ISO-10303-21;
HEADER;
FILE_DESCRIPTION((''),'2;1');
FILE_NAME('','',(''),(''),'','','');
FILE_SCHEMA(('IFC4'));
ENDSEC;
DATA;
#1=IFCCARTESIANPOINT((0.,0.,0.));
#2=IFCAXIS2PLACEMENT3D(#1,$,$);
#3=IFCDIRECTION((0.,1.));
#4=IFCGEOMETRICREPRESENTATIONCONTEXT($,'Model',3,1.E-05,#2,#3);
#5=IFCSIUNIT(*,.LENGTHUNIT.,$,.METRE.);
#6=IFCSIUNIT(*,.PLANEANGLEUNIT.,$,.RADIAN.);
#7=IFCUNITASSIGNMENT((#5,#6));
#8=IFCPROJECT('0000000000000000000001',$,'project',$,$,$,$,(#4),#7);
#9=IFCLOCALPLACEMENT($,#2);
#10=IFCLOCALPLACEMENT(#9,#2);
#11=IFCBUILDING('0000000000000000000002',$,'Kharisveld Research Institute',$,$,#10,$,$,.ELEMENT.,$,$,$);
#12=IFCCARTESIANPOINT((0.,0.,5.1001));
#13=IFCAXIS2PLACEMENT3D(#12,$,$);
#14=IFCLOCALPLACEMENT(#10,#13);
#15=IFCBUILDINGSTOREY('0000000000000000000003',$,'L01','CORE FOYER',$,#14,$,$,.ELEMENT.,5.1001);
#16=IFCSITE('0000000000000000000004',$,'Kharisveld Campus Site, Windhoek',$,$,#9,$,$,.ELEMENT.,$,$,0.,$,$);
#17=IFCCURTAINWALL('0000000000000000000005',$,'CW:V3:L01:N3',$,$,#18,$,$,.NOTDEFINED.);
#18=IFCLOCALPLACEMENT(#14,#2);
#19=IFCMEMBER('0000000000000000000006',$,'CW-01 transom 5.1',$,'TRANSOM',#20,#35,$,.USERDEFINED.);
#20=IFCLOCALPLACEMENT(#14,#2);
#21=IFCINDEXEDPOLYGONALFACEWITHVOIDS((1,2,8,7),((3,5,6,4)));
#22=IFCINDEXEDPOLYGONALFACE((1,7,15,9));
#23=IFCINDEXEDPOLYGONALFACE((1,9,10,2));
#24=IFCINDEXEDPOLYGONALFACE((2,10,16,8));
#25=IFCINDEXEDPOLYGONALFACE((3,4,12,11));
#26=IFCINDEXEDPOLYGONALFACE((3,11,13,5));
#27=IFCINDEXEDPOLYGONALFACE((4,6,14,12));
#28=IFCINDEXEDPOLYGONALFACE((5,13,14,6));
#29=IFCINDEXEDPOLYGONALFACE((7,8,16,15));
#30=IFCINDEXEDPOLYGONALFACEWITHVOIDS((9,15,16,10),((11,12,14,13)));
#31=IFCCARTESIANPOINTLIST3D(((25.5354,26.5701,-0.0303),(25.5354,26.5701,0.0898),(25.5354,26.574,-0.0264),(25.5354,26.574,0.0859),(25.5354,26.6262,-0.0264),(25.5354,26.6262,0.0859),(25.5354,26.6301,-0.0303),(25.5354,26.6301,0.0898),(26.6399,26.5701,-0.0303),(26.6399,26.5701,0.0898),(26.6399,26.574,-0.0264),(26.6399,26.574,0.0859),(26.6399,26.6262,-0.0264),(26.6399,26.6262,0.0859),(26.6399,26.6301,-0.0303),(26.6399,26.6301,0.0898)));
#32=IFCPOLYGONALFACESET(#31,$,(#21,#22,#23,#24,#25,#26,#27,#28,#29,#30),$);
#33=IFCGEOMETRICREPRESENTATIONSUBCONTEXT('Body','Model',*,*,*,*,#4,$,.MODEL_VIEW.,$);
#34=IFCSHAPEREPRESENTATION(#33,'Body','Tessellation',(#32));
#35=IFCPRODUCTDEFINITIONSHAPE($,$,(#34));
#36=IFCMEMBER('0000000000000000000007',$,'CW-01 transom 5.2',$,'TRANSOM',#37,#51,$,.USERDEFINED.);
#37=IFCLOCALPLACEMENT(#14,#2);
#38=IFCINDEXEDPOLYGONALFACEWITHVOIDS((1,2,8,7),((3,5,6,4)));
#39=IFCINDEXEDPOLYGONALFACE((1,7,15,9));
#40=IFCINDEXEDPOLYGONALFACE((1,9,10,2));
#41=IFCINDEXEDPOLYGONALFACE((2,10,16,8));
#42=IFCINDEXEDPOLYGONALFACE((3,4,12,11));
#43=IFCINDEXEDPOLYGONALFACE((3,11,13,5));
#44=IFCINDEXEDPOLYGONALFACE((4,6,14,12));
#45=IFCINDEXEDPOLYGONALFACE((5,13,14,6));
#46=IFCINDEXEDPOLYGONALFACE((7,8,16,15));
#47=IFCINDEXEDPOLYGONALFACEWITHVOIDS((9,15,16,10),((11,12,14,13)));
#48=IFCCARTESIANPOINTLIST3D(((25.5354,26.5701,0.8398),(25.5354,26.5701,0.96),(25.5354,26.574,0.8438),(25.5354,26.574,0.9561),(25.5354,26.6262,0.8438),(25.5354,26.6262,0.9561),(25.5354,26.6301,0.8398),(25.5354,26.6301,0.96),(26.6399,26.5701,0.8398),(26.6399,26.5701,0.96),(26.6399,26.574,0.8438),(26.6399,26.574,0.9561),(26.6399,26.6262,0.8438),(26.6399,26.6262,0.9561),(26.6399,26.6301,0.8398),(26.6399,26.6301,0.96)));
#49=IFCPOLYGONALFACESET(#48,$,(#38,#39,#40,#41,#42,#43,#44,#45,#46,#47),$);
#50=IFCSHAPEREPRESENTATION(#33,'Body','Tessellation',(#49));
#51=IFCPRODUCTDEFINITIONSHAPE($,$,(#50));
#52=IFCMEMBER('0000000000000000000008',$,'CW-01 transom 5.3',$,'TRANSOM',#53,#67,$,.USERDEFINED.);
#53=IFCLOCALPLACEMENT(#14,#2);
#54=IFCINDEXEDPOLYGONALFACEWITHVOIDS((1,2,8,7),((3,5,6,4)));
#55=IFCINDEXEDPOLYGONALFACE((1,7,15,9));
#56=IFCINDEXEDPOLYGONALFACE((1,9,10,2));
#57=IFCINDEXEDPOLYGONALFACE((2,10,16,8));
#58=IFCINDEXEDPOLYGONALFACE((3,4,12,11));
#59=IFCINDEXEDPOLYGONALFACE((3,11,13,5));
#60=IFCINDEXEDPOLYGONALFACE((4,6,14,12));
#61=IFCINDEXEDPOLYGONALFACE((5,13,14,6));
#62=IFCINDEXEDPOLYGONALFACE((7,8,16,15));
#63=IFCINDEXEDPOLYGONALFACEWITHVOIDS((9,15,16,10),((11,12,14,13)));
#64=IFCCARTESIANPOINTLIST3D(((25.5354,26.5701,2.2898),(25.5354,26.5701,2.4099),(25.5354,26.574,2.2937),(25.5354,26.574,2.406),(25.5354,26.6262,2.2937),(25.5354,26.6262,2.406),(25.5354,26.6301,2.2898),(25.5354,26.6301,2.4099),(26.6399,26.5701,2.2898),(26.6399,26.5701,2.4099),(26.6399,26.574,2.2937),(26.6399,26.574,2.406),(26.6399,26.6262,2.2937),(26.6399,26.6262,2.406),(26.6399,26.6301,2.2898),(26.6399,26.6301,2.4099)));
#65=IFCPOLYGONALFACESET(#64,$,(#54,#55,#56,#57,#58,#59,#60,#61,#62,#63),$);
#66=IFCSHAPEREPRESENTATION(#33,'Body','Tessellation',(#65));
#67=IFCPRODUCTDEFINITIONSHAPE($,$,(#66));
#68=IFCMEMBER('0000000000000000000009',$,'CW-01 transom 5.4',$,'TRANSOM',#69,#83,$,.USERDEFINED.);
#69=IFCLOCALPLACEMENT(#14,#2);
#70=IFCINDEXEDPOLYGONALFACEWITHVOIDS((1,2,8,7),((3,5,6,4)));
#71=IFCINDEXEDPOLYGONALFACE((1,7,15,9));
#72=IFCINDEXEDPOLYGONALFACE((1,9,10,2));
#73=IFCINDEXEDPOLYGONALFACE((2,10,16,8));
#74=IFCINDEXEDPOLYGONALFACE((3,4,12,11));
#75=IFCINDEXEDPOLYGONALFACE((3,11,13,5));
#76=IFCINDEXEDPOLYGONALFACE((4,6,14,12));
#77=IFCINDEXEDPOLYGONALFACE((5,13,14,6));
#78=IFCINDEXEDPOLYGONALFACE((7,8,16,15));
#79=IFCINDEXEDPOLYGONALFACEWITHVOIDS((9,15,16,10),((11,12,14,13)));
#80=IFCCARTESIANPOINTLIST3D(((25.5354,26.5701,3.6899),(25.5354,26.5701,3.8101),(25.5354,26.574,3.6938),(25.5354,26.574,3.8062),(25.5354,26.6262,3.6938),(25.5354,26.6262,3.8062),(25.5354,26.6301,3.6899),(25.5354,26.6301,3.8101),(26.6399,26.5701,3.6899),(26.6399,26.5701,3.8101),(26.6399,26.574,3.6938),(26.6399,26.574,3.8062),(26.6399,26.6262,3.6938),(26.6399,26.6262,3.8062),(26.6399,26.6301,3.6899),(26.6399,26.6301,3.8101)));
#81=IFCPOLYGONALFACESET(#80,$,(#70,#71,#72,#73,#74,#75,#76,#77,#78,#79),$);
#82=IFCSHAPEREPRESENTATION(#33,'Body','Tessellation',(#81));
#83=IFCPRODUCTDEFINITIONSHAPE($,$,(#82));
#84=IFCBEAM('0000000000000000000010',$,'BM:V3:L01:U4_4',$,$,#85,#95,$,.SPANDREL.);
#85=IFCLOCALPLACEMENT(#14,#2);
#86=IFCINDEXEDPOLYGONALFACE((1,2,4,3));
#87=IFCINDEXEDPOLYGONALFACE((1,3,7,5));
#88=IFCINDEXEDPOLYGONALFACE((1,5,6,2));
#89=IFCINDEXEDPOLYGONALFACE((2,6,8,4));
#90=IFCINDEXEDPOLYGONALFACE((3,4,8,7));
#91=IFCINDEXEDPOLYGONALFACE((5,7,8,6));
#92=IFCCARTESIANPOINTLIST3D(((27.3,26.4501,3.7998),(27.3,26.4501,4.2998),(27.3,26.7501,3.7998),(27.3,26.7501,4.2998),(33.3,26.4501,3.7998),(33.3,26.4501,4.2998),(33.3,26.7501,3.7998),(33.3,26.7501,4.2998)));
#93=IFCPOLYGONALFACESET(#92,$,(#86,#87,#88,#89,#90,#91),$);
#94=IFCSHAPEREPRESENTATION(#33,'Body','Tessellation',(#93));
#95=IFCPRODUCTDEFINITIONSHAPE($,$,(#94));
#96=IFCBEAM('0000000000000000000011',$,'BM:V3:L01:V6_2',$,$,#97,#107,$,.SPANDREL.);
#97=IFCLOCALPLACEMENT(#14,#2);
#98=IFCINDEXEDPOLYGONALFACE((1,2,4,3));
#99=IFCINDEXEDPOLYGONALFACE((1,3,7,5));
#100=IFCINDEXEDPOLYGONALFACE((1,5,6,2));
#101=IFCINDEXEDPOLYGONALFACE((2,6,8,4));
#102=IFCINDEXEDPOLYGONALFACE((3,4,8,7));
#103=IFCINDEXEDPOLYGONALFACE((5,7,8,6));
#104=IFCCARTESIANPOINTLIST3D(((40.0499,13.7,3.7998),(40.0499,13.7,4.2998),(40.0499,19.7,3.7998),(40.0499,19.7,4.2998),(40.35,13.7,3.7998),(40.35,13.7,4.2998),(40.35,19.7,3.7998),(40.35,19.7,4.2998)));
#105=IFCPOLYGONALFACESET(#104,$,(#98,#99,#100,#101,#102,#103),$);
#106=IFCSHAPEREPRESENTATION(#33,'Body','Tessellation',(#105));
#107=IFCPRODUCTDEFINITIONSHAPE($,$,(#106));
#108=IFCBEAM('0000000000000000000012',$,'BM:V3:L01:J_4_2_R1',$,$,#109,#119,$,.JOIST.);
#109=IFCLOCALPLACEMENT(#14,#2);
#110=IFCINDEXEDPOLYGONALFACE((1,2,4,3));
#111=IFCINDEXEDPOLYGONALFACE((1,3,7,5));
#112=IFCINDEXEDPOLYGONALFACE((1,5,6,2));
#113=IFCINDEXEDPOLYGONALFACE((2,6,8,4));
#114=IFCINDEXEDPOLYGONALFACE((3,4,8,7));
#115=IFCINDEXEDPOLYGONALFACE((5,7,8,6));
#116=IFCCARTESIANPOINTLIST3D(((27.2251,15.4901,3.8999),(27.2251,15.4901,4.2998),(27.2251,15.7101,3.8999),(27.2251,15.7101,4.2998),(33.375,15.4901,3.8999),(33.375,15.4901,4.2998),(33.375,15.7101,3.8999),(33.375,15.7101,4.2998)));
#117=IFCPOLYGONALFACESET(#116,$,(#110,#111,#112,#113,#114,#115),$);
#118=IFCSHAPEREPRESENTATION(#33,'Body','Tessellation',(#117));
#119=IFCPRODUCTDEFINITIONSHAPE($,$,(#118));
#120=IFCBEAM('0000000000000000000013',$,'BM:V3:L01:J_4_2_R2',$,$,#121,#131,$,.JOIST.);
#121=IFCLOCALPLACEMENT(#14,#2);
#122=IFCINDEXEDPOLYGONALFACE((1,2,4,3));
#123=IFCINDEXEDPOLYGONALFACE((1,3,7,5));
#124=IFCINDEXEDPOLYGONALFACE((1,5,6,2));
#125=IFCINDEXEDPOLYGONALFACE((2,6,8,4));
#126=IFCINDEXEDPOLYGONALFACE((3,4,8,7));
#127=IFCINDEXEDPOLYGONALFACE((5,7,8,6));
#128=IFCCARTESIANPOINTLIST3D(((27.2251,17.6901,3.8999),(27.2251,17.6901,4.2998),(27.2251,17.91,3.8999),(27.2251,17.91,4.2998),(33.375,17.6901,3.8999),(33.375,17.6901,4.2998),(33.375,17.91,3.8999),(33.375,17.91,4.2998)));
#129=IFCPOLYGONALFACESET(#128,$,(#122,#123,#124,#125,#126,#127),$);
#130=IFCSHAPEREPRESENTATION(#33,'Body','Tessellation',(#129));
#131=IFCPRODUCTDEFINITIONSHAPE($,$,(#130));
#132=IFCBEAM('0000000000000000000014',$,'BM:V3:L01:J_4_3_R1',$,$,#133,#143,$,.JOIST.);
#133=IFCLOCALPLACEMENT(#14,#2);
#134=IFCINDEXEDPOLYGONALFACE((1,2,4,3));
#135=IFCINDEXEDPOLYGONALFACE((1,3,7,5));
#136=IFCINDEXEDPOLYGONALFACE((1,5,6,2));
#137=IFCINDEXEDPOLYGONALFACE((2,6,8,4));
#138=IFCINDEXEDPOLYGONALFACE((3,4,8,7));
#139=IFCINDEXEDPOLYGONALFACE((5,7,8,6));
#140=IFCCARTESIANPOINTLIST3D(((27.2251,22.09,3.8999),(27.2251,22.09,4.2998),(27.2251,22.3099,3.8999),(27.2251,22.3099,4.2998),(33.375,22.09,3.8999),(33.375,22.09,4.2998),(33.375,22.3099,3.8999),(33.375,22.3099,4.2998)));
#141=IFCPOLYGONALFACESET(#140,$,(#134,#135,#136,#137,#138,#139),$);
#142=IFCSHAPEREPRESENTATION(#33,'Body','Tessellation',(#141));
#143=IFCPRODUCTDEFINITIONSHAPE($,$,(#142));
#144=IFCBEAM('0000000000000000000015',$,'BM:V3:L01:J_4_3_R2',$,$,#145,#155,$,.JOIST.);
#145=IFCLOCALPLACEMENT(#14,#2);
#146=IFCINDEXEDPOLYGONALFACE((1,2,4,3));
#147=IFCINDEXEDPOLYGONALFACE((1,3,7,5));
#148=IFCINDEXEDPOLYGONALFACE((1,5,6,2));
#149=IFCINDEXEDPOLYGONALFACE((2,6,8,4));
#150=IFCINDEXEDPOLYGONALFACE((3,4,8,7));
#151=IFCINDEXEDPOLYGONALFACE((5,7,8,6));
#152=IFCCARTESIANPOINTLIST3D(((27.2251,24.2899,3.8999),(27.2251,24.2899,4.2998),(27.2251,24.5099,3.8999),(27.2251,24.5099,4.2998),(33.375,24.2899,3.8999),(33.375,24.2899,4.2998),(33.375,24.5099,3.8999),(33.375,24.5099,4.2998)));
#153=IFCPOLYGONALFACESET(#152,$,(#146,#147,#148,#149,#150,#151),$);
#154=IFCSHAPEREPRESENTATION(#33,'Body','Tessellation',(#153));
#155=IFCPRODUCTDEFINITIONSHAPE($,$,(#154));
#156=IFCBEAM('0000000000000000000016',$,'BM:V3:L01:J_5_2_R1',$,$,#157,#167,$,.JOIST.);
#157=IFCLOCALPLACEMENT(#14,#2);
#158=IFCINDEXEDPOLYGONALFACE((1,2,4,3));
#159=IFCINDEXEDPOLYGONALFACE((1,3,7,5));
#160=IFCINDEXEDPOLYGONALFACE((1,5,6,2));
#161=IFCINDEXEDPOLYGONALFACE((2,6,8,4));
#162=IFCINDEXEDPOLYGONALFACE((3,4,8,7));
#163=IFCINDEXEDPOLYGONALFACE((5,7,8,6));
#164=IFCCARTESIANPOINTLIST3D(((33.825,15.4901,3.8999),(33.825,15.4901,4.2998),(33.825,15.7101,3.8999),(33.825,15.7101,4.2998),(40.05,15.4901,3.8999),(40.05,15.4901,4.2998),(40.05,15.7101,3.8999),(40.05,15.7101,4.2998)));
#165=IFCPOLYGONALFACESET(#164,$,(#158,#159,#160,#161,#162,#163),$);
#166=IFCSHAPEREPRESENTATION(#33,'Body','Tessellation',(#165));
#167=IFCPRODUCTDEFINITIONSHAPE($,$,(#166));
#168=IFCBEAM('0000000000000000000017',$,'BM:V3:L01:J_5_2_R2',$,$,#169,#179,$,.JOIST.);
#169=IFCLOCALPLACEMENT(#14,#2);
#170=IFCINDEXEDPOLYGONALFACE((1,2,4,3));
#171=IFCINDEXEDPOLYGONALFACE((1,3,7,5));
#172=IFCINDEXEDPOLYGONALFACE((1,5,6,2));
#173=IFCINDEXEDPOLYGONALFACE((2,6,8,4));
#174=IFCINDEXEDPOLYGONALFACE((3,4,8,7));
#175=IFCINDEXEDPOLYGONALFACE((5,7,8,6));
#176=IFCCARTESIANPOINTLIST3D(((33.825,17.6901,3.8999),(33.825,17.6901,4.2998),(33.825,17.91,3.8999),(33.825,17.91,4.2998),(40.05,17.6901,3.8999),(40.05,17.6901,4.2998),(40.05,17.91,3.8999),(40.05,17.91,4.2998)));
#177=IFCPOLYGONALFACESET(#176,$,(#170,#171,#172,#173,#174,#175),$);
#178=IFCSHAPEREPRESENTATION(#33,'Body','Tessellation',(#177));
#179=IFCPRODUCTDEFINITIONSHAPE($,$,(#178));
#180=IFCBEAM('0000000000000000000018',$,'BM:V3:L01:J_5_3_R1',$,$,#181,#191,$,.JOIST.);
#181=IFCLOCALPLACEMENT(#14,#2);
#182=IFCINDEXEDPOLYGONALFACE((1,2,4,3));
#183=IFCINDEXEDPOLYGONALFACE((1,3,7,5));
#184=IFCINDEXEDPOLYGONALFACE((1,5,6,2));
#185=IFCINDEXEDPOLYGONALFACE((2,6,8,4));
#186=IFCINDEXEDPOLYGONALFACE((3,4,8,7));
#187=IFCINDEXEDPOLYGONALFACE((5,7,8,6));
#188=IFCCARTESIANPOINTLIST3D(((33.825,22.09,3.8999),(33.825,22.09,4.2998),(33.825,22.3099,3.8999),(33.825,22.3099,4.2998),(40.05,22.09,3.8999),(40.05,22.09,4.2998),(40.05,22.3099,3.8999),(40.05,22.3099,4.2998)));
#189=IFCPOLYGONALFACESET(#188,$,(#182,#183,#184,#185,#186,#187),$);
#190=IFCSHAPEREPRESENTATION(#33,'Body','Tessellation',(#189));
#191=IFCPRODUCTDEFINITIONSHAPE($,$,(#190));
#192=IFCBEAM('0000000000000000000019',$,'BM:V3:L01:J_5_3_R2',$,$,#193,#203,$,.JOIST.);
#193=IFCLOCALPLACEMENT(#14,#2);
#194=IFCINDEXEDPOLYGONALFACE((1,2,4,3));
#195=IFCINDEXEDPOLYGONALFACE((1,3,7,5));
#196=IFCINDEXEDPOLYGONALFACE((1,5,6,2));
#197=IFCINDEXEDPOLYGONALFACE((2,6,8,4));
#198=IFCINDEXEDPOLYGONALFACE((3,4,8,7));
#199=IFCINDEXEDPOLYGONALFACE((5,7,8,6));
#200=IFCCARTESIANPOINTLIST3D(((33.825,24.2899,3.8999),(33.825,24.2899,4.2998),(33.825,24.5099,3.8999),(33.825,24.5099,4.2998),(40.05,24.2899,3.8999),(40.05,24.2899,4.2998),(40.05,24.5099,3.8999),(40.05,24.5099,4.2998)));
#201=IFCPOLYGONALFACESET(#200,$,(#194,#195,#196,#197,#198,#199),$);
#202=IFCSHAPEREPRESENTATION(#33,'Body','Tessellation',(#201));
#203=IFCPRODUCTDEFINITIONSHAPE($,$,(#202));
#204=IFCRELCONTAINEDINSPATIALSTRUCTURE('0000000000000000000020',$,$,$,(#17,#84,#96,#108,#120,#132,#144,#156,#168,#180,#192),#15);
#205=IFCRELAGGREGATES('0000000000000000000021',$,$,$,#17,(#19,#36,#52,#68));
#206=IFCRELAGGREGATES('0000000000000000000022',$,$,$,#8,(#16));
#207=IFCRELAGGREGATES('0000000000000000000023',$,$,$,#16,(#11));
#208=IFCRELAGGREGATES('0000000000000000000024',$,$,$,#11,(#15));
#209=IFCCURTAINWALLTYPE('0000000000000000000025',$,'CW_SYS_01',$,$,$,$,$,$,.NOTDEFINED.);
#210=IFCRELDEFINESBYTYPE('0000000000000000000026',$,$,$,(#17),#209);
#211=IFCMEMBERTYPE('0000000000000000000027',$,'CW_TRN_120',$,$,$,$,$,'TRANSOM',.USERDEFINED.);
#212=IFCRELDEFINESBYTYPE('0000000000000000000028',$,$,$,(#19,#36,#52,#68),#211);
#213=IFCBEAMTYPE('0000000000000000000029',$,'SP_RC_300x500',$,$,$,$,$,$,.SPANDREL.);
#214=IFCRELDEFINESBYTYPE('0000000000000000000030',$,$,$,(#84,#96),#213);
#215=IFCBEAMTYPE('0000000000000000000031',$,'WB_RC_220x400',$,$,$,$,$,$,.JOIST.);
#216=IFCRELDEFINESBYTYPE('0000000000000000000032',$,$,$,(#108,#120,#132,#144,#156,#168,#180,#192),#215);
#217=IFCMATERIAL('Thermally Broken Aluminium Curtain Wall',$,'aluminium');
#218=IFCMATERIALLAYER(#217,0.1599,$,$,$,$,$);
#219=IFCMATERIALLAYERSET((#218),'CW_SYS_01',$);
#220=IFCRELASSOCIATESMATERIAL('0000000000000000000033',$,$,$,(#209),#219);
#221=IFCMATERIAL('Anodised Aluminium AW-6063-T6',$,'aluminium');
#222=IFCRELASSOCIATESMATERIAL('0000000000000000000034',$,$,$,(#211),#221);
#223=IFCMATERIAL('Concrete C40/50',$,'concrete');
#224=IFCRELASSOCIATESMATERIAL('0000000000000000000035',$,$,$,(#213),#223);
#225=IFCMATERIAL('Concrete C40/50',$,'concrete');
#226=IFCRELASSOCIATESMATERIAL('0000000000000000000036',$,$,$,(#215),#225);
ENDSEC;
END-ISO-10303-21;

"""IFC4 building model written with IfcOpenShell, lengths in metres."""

from ifc_helpers import new_model, si_unit, direction, frame, origin, origin_2d, place, context, subcontext, project, spatial, rectangle, hollow_rectangle, extrude, material, layer, layer_set, material_profile, profile_set, type_object, element, aggregate, save


model = new_model("IFC4")

# Units and contexts
model_context = context("Model", 3, precision=1e-05, world=origin(), true_north=direction((0.0, 1.0)))
body_context = subcontext(model_context, "Body", "Model", "MODEL_VIEW")
ifc_project = project(units=[si_unit("LENGTHUNIT", "METRE"), si_unit("PLANEANGLEUNIT", "RADIAN")], contexts=[model_context])

# Site, building, storey
site_placement = place(None, origin())
site = spatial("IfcSite", under=ifc_project, at=site_placement, Name="Kharisveld Campus Site, Windhoek", CompositionType="ELEMENT", RefElevation=0.0)
building_placement = place(site_placement, origin())
building = spatial("IfcBuilding", under=site, at=building_placement, Name="Kharisveld Research Institute", CompositionType="ELEMENT")
storey_placement = place(building_placement, frame((0.0, 0.0, 5.1001)))
storey = spatial("IfcBuildingStorey", under=building, at=storey_placement, Name="L01", Description="CORE FOYER", CompositionType="ELEMENT", Elevation=5.1001)

# Curtain wall
ifc_material_1 = material(Name="Thermally Broken Aluminium Curtain Wall", Category="aluminium")
ifc_layer_1 = layer(ifc_material_1, 0.1599)
ifc_layer_set_1 = layer_set([ifc_layer_1], Name="CW_SYS_01")
curtain_wall_type_1 = type_object("IfcCurtainWallType", Name="CW_SYS_01", PredefinedType="NOTDEFINED", material=ifc_layer_set_1)
curtain_wall_1_placement = place(storey_placement, origin())
curtain_wall_1 = element("IfcCurtainWall", 1, at=curtain_wall_1_placement, inside=storey, type_object=curtain_wall_type_1, Name="CW:V3:L01:N3", PredefinedType="NOTDEFINED")

# Members
ifc_material_2 = material(Name="Anodised Aluminium AW-6063-T6", Category="aluminium")
ifc_material_profile_1 = material_profile(ifc_material_2, hollow_rectangle(XDim=0.0601, YDim=0.1201, WallThickness=0.0039, at=origin_2d()))
ifc_profile_set_1 = profile_set([ifc_material_profile_1], Name="Anodised Aluminium AW-6063-T6")
member_type_1 = type_object("IfcMemberType", Name="CW_TRN_120", ElementType="TRANSOM", PredefinedType="USERDEFINED", material=ifc_profile_set_1)
member_1_placement = place(storey_placement, frame((25.5354, 26.6001, 0.0298), z_axis=(1.0, 0.0, 0.0), x_axis=(0.0, 1.0, 0.0)))
member_1 = element("IfcMember", 2, at=member_1_placement, type_object=member_type_1, Name="CW-01 transom 5.1", ObjectType="TRANSOM", PredefinedType="USERDEFINED", context=body_context, shape_type="SweptSolid", body=[
    extrude(hollow_rectangle(XDim=0.0601, YDim=0.1201, WallThickness=0.0039, at=origin_2d()), origin(), (0.0, 0.0, 1.0), 1.1045),
])
member_2_placement = place(storey_placement, frame((25.5354, 26.6001, 0.8999), z_axis=(1.0, 0.0, 0.0), x_axis=(0.0, 1.0, 0.0)))
member_2 = element("IfcMember", 3, at=member_2_placement, type_object=member_type_1, Name="CW-01 transom 5.2", ObjectType="TRANSOM", PredefinedType="USERDEFINED", context=body_context, shape_type="SweptSolid", body=[
    extrude(hollow_rectangle(XDim=0.0601, YDim=0.1201, WallThickness=0.0039, at=origin_2d()), origin(), (0.0, 0.0, 1.0), 1.1045),
])
member_3_placement = place(storey_placement, frame((25.5354, 26.6001, 2.3499), z_axis=(1.0, 0.0, 0.0), x_axis=(0.0, 1.0, 0.0)))
member_3 = element("IfcMember", 4, at=member_3_placement, type_object=member_type_1, Name="CW-01 transom 5.3", ObjectType="TRANSOM", PredefinedType="USERDEFINED", context=body_context, shape_type="SweptSolid", body=[
    extrude(hollow_rectangle(XDim=0.0601, YDim=0.1201, WallThickness=0.0039, at=origin_2d()), origin(), (0.0, 0.0, 1.0), 1.1045),
])
member_4_placement = place(storey_placement, frame((25.5354, 26.6001, 3.75), z_axis=(1.0, 0.0, 0.0), x_axis=(0.0, 1.0, 0.0)))
member_4 = element("IfcMember", 5, at=member_4_placement, type_object=member_type_1, Name="CW-01 transom 5.4", ObjectType="TRANSOM", PredefinedType="USERDEFINED", context=body_context, shape_type="SweptSolid", body=[
    extrude(hollow_rectangle(XDim=0.0601, YDim=0.1201, WallThickness=0.0039, at=origin_2d()), origin(), (0.0, 0.0, 1.0), 1.1045),
])

# Beams
ifc_material_3 = material(Name="Concrete C40/50", Category="concrete")
ifc_material_profile_2 = material_profile(ifc_material_3, rectangle(XDim=0.3, YDim=0.5, at=origin_2d()))
ifc_profile_set_2 = profile_set([ifc_material_profile_2], Name="Concrete C40/50")
beam_type_1 = type_object("IfcBeamType", Name="SP_RC_300x500", PredefinedType="SPANDREL", material=ifc_profile_set_2)
for number, where, z_axis, x_axis, name in (
    (6, (27.3, 26.6001, 4.0498), (1.0, 0.0, 0.0), (0.0, 1.0, 0.0), "BM:V3:L01:U4_4"),
    (7, (40.2, 13.7, 4.0498), (0.0, 1.0, 0.0), (-1.0, 0.0, 0.0), "BM:V3:L01:V6_2"),
):
    element("IfcBeam", number, at=place(storey_placement, frame(where, z_axis=z_axis, x_axis=x_axis)), inside=storey, type_object=beam_type_1, Name=name, PredefinedType="SPANDREL", context=body_context, shape_type="SweptSolid", body=[
        extrude(rectangle(XDim=0.3, YDim=0.5, at=origin_2d()), origin(), (0.0, 0.0, 1.0), 6.0),
    ])
ifc_material_4 = material(Name="Concrete C40/50", Category="concrete")
ifc_material_profile_3 = material_profile(ifc_material_4, rectangle(XDim=0.22, YDim=0.3999, at=origin_2d()))
ifc_profile_set_3 = profile_set([ifc_material_profile_3], Name="Concrete C40/50")
beam_type_2 = type_object("IfcBeamType", Name="WB_RC_220x400", PredefinedType="JOIST", material=ifc_profile_set_3)
for number, where, z_axis, x_axis, name in (
    (8, (27.2251, 15.6001, 4.0999), (1.0, 0.0, 0.0), (0.0, 1.0, 0.0), "BM:V3:L01:J_4_2_R1"),
    (9, (27.2251, 17.8, 4.0999), (1.0, 0.0, 0.0), (0.0, 1.0, 0.0), "BM:V3:L01:J_4_2_R2"),
    (10, (27.2251, 22.2, 4.0999), (1.0, 0.0, 0.0), (0.0, 1.0, 0.0), "BM:V3:L01:J_4_3_R1"),
    (11, (27.2251, 24.3999, 4.0999), (1.0, 0.0, 0.0), (0.0, 1.0, 0.0), "BM:V3:L01:J_4_3_R2"),
):
    element("IfcBeam", number, at=place(storey_placement, frame(where, z_axis=z_axis, x_axis=x_axis)), inside=storey, type_object=beam_type_2, Name=name, PredefinedType="JOIST", context=body_context, shape_type="SweptSolid", body=[
        extrude(rectangle(XDim=0.22, YDim=0.3999, at=origin_2d()), origin(), (0.0, 0.0, 1.0), 6.1499),
    ])
for number, where, z_axis, x_axis, name in (
    (12, (33.825, 15.6001, 4.0999), (1.0, 0.0, 0.0), (0.0, 1.0, 0.0), "BM:V3:L01:J_5_2_R1"),
    (13, (33.825, 17.8, 4.0999), (1.0, 0.0, 0.0), (0.0, 1.0, 0.0), "BM:V3:L01:J_5_2_R2"),
    (14, (33.825, 22.2, 4.0999), (1.0, 0.0, 0.0), (0.0, 1.0, 0.0), "BM:V3:L01:J_5_3_R1"),
    (15, (33.825, 24.3999, 4.0999), (1.0, 0.0, 0.0), (0.0, 1.0, 0.0), "BM:V3:L01:J_5_3_R2"),
):
    element("IfcBeam", number, at=place(storey_placement, frame(where, z_axis=z_axis, x_axis=x_axis)), inside=storey, type_object=beam_type_2, Name=name, PredefinedType="JOIST", context=body_context, shape_type="SweptSolid", body=[
        extrude(rectangle(XDim=0.22, YDim=0.3999, at=origin_2d()), origin(), (0.0, 0.0, 1.0), 6.2251),
    ])

aggregate(curtain_wall_1, [member_1, member_2, member_3, member_4])

save(model, "model.ifc")
